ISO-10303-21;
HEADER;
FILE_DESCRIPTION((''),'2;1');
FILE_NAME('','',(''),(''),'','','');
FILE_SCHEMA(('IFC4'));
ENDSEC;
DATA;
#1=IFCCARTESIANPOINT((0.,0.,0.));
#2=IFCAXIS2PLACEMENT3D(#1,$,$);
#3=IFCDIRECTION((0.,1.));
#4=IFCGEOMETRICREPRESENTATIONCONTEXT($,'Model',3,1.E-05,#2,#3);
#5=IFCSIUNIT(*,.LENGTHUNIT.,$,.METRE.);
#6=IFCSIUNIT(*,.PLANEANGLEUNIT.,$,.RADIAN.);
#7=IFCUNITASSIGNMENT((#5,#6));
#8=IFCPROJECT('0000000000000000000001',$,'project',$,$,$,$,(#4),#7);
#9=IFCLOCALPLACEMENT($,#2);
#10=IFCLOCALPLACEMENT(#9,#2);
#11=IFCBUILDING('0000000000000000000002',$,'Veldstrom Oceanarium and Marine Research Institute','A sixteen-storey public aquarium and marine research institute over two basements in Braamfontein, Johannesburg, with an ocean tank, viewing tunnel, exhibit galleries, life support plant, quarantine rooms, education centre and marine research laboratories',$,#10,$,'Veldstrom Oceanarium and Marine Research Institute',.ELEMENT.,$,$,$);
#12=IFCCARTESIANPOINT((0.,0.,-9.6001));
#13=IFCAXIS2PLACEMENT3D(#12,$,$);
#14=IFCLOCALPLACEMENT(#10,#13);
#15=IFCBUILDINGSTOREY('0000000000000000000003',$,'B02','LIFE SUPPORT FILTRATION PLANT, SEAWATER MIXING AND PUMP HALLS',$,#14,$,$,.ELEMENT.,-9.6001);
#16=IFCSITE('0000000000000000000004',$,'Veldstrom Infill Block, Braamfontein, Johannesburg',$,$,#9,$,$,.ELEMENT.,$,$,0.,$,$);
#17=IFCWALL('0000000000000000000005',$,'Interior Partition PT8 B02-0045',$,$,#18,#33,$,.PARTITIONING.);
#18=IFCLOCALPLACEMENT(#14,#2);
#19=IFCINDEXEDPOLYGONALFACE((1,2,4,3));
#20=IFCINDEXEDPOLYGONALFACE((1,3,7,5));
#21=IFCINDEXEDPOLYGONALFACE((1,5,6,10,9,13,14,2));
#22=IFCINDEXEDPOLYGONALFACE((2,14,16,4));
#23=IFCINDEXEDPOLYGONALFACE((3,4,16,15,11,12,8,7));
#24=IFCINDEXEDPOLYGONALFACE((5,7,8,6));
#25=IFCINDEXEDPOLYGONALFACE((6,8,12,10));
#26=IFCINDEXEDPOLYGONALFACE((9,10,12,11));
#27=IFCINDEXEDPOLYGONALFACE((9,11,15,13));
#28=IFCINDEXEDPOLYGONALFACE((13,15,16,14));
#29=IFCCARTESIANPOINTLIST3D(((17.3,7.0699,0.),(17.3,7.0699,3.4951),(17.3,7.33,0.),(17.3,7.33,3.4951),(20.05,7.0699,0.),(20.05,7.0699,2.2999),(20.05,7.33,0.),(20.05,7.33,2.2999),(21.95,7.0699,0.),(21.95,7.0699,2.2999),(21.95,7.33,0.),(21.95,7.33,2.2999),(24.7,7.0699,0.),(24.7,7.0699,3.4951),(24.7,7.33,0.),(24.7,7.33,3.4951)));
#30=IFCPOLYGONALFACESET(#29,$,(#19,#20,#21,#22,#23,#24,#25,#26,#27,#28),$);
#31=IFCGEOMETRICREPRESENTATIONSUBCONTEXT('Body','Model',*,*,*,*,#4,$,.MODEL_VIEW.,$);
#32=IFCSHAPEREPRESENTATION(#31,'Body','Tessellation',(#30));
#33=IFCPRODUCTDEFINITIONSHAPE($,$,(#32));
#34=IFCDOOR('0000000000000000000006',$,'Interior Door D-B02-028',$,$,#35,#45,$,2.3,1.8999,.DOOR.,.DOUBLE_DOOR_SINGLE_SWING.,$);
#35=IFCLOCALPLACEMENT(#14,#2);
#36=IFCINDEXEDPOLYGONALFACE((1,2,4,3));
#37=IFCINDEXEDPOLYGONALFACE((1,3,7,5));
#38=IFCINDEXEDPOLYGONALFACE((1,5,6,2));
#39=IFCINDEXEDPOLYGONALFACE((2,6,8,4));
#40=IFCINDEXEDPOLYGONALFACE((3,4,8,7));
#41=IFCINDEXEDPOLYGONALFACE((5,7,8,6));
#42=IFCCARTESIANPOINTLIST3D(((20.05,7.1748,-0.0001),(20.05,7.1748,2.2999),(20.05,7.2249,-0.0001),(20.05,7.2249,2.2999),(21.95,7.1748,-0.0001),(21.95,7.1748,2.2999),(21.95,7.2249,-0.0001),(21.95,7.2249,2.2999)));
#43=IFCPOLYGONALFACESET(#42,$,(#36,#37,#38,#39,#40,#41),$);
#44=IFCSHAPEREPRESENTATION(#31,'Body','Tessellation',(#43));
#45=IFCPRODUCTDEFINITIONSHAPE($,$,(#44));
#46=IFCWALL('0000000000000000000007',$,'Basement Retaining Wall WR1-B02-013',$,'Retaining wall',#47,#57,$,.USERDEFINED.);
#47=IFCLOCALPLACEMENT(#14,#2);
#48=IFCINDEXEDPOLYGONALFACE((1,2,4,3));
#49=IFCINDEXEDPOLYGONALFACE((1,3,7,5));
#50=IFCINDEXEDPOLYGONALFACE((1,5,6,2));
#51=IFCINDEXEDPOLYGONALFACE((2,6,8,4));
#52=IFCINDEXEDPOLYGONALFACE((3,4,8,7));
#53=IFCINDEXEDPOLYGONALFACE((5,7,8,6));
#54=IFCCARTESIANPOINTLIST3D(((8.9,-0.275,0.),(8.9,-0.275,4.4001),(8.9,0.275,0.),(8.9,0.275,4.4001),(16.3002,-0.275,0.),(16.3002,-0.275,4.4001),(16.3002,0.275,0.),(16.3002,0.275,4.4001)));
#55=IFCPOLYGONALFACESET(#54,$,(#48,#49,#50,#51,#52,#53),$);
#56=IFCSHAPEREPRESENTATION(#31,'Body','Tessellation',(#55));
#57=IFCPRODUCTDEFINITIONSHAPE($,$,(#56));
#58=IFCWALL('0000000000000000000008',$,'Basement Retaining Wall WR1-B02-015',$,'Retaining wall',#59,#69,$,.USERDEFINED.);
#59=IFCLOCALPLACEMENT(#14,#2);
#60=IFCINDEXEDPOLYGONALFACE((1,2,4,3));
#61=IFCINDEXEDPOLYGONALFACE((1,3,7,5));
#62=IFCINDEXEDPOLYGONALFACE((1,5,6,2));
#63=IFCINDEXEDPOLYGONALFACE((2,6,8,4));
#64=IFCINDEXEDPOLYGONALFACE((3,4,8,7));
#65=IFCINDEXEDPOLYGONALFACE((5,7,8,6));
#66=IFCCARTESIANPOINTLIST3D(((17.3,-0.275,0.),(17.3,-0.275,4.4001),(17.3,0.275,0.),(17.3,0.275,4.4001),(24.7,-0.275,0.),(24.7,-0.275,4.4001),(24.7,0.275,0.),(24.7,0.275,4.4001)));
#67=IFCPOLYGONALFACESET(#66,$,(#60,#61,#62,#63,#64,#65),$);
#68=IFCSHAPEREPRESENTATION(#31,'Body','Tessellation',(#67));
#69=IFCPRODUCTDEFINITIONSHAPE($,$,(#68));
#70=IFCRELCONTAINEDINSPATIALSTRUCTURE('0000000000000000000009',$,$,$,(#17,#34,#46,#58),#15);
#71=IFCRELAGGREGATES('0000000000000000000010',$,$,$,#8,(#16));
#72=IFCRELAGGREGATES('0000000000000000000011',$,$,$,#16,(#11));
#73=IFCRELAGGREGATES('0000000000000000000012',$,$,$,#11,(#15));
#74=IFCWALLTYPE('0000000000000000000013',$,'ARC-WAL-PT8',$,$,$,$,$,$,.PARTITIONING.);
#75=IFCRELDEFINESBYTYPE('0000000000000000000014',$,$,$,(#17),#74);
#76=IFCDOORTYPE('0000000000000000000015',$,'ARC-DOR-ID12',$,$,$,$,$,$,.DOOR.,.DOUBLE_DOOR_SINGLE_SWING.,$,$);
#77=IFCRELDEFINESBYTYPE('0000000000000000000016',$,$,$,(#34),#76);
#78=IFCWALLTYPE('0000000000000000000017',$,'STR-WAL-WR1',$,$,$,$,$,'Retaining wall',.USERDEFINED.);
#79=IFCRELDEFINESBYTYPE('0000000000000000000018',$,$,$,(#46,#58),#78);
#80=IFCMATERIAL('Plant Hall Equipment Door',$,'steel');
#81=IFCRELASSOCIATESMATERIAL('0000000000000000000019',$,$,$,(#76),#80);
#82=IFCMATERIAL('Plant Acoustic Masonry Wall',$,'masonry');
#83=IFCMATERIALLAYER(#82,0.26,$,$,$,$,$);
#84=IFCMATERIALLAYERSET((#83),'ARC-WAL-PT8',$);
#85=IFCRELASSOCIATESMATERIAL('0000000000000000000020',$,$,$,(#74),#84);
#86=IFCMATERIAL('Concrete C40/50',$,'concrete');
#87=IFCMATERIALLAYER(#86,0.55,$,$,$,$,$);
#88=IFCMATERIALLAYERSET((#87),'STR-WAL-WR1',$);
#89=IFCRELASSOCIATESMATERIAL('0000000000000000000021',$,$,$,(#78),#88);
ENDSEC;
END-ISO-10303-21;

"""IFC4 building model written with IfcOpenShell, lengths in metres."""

from ifc_helpers import new_model, si_unit, direction, frame, frame_2d, origin, place, context, subcontext, project, spatial, rectangle, extrude, material, layer, layer_set, type_object, element, fill, save


model = new_model("IFC4")

# Units and contexts
model_context = context("Model", 3, precision=1e-05, world=origin(), true_north=direction((0.0, 1.0)))
body_context = subcontext(model_context, "Body", "Model", "MODEL_VIEW")
ifc_project = project(units=[si_unit("LENGTHUNIT", "METRE"), si_unit("PLANEANGLEUNIT", "RADIAN")], contexts=[model_context])

# Site, building, storey
site_placement = place(None, origin())
site = spatial("IfcSite", under=ifc_project, at=site_placement, Name="Veldstrom Infill Block, Braamfontein, Johannesburg", CompositionType="ELEMENT", RefElevation=0.0)
building_placement = place(site_placement, origin())
building = spatial("IfcBuilding", under=site, at=building_placement, Name="Veldstrom Oceanarium and Marine Research Institute", Description="A sixteen-storey public aquarium and marine research institute over two basements in Braamfontein, Johannesburg, with an ocean tank, viewing tunnel, exhibit galleries, life support plant, quarantine rooms, education centre and marine research laboratories", LongName="Veldstrom Oceanarium and Marine Research Institute", CompositionType="ELEMENT")
storey_placement = place(building_placement, frame((0.0, 0.0, -9.6001)))
storey = spatial("IfcBuildingStorey", under=building, at=storey_placement, Name="B02", Description="LIFE SUPPORT FILTRATION PLANT, SEAWATER MIXING AND PUMP HALLS", CompositionType="ELEMENT", Elevation=-9.6001)

# Shared definitions
ifc_material_1 = material(Name="Plant Hall Equipment Door", Category="steel")
door_type_1 = type_object("IfcDoorType", Name="ARC-DOR-ID12", OperationType="DOUBLE_DOOR_SINGLE_SWING", PredefinedType="DOOR", material=ifc_material_1)

# Shared definitions
ifc_material_2 = material(Name="Plant Acoustic Masonry Wall", Category="masonry")
ifc_layer_1 = layer(ifc_material_2, 0.26)
ifc_layer_set_1 = layer_set([ifc_layer_1], Name="ARC-WAL-PT8")
wall_type_1 = type_object("IfcWallType", Name="ARC-WAL-PT8", PredefinedType="PARTITIONING", material=ifc_layer_set_1)

# Wall, opening, door
wall_1_placement = place(storey_placement, frame((17.3, 7.2, 0.0), z_axis=(0.0, 0.0, 1.0), x_axis=(1.0, 0.0, 0.0)))
wall_1 = element("IfcWall", 1, at=wall_1_placement, inside=storey, type_object=wall_type_1, Name="Interior Partition PT8 B02-0045", PredefinedType="PARTITIONING", context=body_context, shape_type="SweptSolid", body=[
    extrude(rectangle(XDim=7.3999, YDim=0.26, at=frame_2d((3.7, 0.0))), origin(), (0.0, 0.0, 1.0), 3.4951),
])
opening_1_placement = place(wall_1_placement, frame((2.75, 0.0, 0.0)))
opening_1 = element("IfcOpeningElement", 2, at=opening_1_placement, cuts=wall_1, PredefinedType="OPENING", context=body_context, shape_type="SweptSolid", body=[
    extrude(rectangle(XDim=1.8999, YDim=2.3, at=frame_2d((0.95, 1.1499))), frame((0.0, 0.1399, 0.0), z_axis=(0.0, -1.0, 0.0), x_axis=(1.0, 0.0, 0.0)), (0.0, 0.0, 1.0), 0.28),
])
door_1_placement = place(opening_1_placement, origin())
door_1 = element("IfcDoor", 3, at=door_1_placement, inside=storey, type_object=door_type_1, Name="Interior Door D-B02-028", OperationType="DOUBLE_DOOR_SINGLE_SWING", OverallHeight=2.3, OverallWidth=1.8999, PredefinedType="DOOR", context=body_context, shape_type="SweptSolid", body=[
    extrude(rectangle(XDim=1.8999, YDim=2.3, at=frame_2d((0.95, 1.1499))), frame((0.0, 0.0249, 0.0), z_axis=(0.0, -1.0, 0.0), x_axis=(1.0, 0.0, 0.0)), (0.0, 0.0, 1.0), 0.05),
])
fill(opening_1, door_1)

# Walls
ifc_material_3 = material(Name="Concrete C40/50", Category="concrete")
ifc_layer_2 = layer(ifc_material_3, 0.55)
ifc_layer_set_2 = layer_set([ifc_layer_2], Name="STR-WAL-WR1")
wall_type_2 = type_object("IfcWallType", Name="STR-WAL-WR1", ElementType="Retaining wall", PredefinedType="USERDEFINED", material=ifc_layer_set_2)
wall_2_placement = place(storey_placement, frame((8.8999, 0.0, 0.0), z_axis=(0.0, 0.0, 1.0), x_axis=(1.0, 0.0, 0.0)))
element("IfcWall", 4, at=wall_2_placement, inside=storey, type_object=wall_type_2, Name="Basement Retaining Wall WR1-B02-013", ObjectType="Retaining wall", PredefinedType="USERDEFINED", context=body_context, shape_type="SweptSolid", body=[
    extrude(rectangle(XDim=7.4001, YDim=0.55, at=frame_2d((3.7002, 0.0))), origin(), (0.0, 0.0, 1.0), 4.4001),
])
wall_3_placement = place(storey_placement, frame((17.3, 0.0, 0.0), z_axis=(0.0, 0.0, 1.0), x_axis=(1.0, 0.0, 0.0)))
element("IfcWall", 5, at=wall_3_placement, inside=storey, type_object=wall_type_2, Name="Basement Retaining Wall WR1-B02-015", ObjectType="Retaining wall", PredefinedType="USERDEFINED", context=body_context, shape_type="SweptSolid", body=[
    extrude(rectangle(XDim=7.3999, YDim=0.55, at=frame_2d((3.7, 0.0))), origin(), (0.0, 0.0, 1.0), 4.4001),
])

save(model, "model.ifc")
